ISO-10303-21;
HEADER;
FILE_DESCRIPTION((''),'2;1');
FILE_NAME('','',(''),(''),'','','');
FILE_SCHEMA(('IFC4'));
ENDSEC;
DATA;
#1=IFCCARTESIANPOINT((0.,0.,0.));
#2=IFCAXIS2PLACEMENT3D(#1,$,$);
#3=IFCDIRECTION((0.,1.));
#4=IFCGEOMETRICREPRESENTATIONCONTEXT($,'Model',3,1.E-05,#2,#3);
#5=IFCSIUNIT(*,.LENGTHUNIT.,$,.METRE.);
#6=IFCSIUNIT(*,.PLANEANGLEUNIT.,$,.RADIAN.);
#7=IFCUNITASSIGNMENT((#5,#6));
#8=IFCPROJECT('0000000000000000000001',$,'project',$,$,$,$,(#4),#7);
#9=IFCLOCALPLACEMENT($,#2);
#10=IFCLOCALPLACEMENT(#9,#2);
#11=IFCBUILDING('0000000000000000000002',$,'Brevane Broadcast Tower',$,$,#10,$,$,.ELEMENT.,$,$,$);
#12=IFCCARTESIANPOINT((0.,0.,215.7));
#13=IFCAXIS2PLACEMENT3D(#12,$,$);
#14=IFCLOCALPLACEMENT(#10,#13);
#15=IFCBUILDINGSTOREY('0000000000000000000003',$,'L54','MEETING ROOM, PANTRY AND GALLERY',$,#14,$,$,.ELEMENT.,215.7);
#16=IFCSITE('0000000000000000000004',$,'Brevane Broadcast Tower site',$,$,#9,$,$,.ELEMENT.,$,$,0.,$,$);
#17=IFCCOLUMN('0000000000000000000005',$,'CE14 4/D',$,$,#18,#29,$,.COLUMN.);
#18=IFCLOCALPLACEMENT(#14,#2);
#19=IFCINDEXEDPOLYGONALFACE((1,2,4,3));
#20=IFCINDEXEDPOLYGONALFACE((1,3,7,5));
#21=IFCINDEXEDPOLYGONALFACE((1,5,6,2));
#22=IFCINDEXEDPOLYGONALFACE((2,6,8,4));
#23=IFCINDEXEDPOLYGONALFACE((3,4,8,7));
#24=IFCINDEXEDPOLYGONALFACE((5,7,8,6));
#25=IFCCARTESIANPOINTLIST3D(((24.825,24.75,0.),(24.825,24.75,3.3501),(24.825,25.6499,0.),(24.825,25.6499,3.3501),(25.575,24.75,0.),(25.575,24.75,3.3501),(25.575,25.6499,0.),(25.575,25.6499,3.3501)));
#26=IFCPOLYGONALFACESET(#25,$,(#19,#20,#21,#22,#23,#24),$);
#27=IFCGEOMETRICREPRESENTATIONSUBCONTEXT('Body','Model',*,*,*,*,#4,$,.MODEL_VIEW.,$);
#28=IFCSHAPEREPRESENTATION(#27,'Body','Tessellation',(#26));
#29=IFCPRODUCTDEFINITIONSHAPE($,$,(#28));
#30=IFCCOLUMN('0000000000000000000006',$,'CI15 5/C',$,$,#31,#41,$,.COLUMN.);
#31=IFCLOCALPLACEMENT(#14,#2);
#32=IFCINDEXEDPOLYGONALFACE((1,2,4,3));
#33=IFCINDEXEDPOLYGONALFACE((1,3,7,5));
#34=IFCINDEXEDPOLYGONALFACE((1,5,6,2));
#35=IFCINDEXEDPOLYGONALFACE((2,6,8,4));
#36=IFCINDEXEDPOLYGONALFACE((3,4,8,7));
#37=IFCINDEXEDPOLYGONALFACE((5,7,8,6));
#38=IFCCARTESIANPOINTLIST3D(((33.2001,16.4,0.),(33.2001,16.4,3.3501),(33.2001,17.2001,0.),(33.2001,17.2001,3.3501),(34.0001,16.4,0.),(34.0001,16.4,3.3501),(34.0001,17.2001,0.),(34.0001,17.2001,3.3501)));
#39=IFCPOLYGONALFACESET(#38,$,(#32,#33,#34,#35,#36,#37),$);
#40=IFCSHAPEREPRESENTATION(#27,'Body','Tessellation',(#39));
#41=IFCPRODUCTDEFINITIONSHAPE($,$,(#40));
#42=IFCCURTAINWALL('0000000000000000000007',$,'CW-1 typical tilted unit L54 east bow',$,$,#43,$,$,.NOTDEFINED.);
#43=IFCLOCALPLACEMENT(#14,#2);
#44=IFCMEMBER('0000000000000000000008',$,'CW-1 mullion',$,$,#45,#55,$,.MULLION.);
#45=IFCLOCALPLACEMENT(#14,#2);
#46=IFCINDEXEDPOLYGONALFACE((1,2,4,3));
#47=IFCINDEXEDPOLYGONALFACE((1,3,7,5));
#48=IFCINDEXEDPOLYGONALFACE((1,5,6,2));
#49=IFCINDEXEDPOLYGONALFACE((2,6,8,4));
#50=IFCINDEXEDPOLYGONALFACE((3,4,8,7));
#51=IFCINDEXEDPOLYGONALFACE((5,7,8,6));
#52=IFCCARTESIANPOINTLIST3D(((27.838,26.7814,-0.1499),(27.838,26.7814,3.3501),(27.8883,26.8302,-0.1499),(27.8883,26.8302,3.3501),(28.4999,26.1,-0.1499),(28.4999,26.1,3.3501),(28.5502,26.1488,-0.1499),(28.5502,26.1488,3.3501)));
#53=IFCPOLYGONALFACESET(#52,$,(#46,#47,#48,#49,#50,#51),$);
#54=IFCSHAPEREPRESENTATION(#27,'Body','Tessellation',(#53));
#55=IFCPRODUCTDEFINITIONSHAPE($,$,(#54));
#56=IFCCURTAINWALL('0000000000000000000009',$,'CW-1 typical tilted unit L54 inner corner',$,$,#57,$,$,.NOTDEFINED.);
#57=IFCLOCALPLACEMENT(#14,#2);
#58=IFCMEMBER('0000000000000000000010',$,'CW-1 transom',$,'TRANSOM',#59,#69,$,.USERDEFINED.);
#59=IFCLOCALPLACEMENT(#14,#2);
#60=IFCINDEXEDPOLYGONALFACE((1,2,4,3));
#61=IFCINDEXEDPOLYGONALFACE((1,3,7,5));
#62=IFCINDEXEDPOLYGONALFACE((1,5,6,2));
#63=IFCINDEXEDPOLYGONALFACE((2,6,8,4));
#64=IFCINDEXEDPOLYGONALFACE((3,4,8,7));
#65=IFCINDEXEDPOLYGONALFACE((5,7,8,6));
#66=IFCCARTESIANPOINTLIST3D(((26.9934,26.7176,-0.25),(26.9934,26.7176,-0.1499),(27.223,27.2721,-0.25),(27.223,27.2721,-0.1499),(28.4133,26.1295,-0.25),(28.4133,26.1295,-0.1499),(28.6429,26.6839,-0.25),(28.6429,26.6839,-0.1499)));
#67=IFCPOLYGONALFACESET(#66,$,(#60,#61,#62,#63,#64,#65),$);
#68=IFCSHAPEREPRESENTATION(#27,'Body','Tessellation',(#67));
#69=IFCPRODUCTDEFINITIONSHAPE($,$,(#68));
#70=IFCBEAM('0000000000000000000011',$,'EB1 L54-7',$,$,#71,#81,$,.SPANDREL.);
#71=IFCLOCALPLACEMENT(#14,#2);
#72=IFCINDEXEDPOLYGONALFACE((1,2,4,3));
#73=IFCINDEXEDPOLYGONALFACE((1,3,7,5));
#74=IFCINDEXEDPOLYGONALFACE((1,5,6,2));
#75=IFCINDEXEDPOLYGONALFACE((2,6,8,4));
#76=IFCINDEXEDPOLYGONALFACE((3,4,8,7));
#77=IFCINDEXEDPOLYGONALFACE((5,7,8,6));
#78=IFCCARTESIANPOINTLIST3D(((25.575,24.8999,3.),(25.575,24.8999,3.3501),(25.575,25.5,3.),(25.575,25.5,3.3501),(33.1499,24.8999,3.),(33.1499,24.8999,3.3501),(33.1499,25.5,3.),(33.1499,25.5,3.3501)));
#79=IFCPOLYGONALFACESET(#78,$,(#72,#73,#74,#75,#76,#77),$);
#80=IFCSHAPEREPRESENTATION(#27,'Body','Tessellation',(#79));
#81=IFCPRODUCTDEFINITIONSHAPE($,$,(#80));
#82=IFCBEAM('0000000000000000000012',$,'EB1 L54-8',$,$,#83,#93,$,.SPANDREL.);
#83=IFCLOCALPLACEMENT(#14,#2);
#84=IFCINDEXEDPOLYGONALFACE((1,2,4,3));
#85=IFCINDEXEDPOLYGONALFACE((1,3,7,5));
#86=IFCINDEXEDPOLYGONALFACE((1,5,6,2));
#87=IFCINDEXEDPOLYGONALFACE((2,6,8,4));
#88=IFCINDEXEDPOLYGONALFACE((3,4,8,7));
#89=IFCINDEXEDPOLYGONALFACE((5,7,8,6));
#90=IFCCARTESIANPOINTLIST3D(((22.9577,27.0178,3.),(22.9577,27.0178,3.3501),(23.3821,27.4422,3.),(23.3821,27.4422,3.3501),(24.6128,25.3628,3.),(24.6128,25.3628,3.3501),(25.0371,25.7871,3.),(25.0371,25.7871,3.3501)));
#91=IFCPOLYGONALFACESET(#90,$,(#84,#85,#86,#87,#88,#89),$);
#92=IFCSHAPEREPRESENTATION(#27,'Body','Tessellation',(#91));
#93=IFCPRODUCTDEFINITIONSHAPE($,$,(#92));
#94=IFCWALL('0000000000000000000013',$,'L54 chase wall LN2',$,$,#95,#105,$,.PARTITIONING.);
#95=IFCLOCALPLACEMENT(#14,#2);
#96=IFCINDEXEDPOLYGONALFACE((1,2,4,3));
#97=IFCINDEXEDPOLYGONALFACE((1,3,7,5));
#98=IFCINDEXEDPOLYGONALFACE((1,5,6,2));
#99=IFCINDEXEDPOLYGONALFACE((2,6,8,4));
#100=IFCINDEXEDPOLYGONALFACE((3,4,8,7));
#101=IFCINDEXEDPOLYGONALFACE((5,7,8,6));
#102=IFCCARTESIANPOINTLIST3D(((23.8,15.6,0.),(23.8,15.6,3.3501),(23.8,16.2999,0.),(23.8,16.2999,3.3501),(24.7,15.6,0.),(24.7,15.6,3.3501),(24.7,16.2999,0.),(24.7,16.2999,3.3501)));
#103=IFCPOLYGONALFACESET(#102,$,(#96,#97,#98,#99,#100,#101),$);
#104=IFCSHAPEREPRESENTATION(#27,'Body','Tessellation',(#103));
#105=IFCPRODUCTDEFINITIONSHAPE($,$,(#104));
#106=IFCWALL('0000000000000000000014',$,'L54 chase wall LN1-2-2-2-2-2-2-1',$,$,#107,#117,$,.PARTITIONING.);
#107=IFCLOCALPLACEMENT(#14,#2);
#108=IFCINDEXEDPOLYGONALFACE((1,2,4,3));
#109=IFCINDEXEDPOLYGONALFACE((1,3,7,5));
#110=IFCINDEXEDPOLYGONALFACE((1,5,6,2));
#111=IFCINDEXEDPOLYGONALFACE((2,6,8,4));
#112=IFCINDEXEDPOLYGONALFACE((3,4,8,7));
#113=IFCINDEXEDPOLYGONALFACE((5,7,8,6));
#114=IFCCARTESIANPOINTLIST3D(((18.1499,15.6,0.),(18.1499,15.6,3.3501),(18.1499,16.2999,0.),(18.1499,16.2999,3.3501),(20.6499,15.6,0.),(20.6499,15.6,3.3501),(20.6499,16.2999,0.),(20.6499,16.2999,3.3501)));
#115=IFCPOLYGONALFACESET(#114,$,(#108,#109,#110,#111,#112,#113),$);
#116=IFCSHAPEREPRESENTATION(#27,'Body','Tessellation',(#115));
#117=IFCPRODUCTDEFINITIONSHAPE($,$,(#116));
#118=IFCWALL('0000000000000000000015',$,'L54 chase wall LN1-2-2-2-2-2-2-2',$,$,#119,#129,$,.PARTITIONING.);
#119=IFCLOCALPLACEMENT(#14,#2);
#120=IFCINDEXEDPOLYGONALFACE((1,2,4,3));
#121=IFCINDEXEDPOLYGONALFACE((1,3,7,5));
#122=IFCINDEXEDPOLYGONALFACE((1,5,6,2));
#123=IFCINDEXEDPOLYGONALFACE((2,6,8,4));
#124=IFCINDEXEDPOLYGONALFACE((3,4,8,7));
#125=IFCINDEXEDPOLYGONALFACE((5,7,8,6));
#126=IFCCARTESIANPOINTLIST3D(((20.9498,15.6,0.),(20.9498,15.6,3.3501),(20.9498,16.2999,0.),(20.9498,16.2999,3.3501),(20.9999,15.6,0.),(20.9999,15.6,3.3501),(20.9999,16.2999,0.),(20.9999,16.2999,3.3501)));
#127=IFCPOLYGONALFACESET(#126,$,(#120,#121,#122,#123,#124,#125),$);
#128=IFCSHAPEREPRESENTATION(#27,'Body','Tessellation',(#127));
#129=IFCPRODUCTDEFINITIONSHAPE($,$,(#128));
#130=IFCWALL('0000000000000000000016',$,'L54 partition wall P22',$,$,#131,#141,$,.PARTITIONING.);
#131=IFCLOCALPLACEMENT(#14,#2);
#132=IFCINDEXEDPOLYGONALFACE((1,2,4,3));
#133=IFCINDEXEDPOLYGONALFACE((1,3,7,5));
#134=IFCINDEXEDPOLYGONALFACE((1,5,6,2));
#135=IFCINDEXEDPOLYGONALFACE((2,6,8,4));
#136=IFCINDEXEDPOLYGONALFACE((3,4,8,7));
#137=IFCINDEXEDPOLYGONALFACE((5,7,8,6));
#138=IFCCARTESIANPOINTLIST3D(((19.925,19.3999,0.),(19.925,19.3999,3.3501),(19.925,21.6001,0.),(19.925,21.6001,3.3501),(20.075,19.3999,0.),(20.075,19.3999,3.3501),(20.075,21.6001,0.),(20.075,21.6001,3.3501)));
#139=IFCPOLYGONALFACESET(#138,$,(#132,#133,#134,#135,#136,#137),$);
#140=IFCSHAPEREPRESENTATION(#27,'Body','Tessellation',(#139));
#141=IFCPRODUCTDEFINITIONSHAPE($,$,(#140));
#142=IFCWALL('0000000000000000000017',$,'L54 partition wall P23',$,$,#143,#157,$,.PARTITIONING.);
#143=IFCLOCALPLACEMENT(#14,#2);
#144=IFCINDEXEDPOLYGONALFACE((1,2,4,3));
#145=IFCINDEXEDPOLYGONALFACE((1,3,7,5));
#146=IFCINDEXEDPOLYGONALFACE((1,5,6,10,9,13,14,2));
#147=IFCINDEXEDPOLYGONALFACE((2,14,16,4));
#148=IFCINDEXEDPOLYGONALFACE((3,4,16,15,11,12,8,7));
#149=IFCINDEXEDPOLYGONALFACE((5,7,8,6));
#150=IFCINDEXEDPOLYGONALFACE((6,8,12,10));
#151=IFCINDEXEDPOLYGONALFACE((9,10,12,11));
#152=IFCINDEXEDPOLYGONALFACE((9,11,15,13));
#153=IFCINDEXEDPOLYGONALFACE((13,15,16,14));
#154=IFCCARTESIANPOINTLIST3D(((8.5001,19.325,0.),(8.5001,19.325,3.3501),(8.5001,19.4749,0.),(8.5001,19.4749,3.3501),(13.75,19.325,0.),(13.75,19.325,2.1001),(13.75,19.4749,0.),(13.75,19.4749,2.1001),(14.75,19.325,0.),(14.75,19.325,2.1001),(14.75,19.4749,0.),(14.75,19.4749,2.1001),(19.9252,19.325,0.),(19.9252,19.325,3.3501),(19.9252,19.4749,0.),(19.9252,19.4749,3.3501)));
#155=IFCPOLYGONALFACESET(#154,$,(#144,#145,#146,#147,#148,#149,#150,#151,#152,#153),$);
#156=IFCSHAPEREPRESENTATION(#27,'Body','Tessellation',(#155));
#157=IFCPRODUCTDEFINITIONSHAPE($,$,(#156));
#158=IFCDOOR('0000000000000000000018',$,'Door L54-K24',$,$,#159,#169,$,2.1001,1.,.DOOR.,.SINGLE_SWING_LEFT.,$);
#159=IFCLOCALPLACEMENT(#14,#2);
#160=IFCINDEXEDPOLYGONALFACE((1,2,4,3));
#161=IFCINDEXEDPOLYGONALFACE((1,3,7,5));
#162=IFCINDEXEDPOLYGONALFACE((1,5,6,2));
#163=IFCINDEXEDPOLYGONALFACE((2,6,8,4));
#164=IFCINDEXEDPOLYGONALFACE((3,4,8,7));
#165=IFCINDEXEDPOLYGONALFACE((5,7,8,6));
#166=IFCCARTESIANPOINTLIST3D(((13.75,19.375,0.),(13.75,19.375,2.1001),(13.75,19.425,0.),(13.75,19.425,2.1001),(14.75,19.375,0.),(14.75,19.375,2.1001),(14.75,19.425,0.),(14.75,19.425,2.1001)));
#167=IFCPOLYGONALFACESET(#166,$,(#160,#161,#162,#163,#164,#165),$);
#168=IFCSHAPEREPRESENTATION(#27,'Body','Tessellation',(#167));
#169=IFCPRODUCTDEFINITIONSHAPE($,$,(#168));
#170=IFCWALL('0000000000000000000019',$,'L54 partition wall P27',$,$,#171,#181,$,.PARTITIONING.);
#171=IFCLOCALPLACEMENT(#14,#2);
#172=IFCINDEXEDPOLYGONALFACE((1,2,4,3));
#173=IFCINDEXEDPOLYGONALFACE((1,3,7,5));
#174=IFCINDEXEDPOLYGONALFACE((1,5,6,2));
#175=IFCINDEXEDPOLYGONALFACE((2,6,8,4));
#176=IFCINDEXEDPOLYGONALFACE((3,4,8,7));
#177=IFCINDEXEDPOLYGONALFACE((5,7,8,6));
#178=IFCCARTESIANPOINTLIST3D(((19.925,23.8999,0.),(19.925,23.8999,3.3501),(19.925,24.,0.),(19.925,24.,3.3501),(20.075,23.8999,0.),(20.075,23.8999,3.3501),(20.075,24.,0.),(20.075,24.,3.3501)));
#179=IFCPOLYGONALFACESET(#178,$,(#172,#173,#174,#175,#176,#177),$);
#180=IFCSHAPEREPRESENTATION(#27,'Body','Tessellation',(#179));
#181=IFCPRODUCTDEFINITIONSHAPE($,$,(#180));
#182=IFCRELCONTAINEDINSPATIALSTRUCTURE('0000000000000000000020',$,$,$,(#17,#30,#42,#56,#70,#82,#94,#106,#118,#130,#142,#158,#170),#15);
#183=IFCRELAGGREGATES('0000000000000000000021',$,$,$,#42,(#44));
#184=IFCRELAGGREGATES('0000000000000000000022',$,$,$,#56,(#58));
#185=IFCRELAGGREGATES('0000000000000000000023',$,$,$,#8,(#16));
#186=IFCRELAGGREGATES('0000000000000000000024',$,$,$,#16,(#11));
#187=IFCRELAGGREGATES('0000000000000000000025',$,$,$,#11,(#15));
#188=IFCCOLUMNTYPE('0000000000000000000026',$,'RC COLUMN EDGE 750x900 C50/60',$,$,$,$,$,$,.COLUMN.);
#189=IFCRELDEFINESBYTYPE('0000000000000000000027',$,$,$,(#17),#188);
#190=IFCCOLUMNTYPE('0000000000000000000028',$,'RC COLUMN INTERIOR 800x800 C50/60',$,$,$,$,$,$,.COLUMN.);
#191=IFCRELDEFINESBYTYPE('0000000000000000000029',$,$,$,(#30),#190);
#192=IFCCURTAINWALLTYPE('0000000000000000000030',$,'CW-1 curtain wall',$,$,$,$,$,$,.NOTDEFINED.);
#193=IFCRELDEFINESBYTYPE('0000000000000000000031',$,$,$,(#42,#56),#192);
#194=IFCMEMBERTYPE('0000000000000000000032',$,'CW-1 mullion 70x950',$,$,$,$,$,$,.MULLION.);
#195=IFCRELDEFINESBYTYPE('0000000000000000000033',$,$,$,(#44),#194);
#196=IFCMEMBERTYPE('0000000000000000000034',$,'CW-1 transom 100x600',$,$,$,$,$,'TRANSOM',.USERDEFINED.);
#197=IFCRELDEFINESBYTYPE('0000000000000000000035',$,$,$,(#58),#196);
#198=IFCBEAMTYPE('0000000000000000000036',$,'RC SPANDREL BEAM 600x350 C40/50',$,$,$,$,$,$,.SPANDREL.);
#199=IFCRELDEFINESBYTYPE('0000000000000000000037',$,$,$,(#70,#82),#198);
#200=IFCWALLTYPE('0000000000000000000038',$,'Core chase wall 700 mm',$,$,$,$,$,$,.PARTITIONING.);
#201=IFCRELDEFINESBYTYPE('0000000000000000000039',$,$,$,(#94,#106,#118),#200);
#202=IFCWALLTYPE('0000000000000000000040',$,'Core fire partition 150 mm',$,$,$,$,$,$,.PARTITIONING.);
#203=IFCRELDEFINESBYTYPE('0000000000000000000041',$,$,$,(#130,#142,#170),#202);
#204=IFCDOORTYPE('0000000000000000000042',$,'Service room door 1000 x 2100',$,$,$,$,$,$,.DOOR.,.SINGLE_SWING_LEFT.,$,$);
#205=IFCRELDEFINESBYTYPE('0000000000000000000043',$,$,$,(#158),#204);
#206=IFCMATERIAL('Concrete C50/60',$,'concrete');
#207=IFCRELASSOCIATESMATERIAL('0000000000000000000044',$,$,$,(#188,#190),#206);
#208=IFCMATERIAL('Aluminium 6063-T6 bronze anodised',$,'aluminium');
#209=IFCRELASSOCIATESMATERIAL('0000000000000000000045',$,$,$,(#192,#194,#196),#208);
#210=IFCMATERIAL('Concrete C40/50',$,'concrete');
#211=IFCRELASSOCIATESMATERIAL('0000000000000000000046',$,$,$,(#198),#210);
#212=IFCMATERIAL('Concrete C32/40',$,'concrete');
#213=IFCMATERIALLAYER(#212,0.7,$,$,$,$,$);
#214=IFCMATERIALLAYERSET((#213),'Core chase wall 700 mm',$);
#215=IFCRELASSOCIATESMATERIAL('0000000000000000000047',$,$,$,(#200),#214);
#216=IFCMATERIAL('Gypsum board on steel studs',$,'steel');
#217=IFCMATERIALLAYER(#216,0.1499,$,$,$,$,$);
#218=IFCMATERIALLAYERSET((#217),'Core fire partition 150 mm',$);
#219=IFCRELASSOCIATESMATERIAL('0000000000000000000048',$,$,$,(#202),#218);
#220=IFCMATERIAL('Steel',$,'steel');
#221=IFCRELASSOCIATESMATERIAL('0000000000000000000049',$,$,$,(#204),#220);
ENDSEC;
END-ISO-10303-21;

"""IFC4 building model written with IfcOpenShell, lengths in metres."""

from ifc_helpers import new_model, si_unit, direction, frame, frame_2d, origin, origin_2d, place, context, subcontext, project, spatial, rectangle, extrude, material, layer, layer_set, material_profile, profile_set, type_object, element, fill, aggregate, save


model = new_model("IFC4")

# Units and contexts
model_context = context("Model", 3, precision=1e-05, world=origin(), true_north=direction((0.0, 1.0)))
body_context = subcontext(model_context, "Body", "Model", "MODEL_VIEW")
ifc_project = project(units=[si_unit("LENGTHUNIT", "METRE"), si_unit("PLANEANGLEUNIT", "RADIAN")], contexts=[model_context])

# Site, building, storey
site_placement = place(None, origin())
site = spatial("IfcSite", under=ifc_project, at=site_placement, Name="Brevane Broadcast Tower site", CompositionType="ELEMENT", RefElevation=0.0)
building_placement = place(site_placement, origin())
building = spatial("IfcBuilding", under=site, at=building_placement, Name="Brevane Broadcast Tower", CompositionType="ELEMENT")
storey_placement = place(building_placement, frame((0.0, 0.0, 215.7)))
storey = spatial("IfcBuildingStorey", under=building, at=storey_placement, Name="L54", Description="MEETING ROOM, PANTRY AND GALLERY", CompositionType="ELEMENT", Elevation=215.7)

# Columns
ifc_material_1 = material(Name="Concrete C50/60", Category="concrete")
ifc_material_profile_1 = material_profile(ifc_material_1, rectangle(XDim=0.75, YDim=0.8999, at=origin_2d()), Name="RC 750x900")
ifc_profile_set_1 = profile_set([ifc_material_profile_1], Name="Concrete C50/60")
column_type_1 = type_object("IfcColumnType", Name="RC COLUMN EDGE 750x900 C50/60", PredefinedType="COLUMN", material=ifc_profile_set_1)
column_1_placement = place(storey_placement, frame((25.2, 25.2, 0.0), z_axis=(0.0, 0.0, 1.0), x_axis=(1.0, 0.0, 0.0)))
element("IfcColumn", 1, at=column_1_placement, inside=storey, type_object=column_type_1, Name="CE14 4/D", PredefinedType="COLUMN", context=body_context, shape_type="SweptSolid", body=[
    extrude(rectangle(XDim=0.75, YDim=0.8999, at=origin_2d()), origin(), (0.0, 0.0, 1.0), 3.3501),
])
ifc_material_profile_2 = material_profile(ifc_material_1, rectangle(XDim=0.8, YDim=0.8, at=origin_2d()), Name="RC 800x800")
ifc_profile_set_2 = profile_set([ifc_material_profile_2], Name="Concrete C50/60")
column_type_2 = type_object("IfcColumnType", Name="RC COLUMN INTERIOR 800x800 C50/60", PredefinedType="COLUMN", material=ifc_profile_set_2)
column_2_placement = place(storey_placement, frame((33.6001, 16.8, 0.0), z_axis=(0.0, 0.0, 1.0), x_axis=(1.0, 0.0, 0.0)))
element("IfcColumn", 2, at=column_2_placement, inside=storey, type_object=column_type_2, Name="CI15 5/C", PredefinedType="COLUMN", context=body_context, shape_type="SweptSolid", body=[
    extrude(rectangle(XDim=0.8, YDim=0.8, at=origin_2d()), origin(), (0.0, 0.0, 1.0), 3.3501),
])

# Curtain walls, members
ifc_material_2 = material(Name="Aluminium 6063-T6 bronze anodised", Category="aluminium")
curtain_wall_type = type_object("IfcCurtainWallType", Name="CW-1 curtain wall", PredefinedType="NOTDEFINED", material=ifc_material_2)
curtain_wall_1_placement = place(storey_placement, origin())
curtain_wall_1 = element("IfcCurtainWall", 3, at=curtain_wall_1_placement, inside=storey, type_object=curtain_wall_type, Name="CW-1 typical tilted unit L54 east bow", PredefinedType="NOTDEFINED")
ifc_material_profile_3 = material_profile(ifc_material_2, rectangle(XDim=0.95, YDim=0.0701, at=origin_2d()), Name="RECT 70x950")
ifc_profile_set_3 = profile_set([ifc_material_profile_3], Name="Aluminium 6063-T6 bronze anodised")
member_type_1 = type_object("IfcMemberType", Name="CW-1 mullion 70x950", PredefinedType="MULLION", material=ifc_profile_set_3)
member_1_placement = place(storey_placement, frame((28.1941, 26.4651, -0.1499), z_axis=(0.0, 0.0, 1.0), x_axis=(0.696812, -0.717254, 0.0)))
member_1 = element("IfcMember", 4, at=member_1_placement, type_object=member_type_1, Name="CW-1 mullion", PredefinedType="MULLION", context=body_context, shape_type="SweptSolid", body=[
    extrude(rectangle(XDim=0.95, YDim=0.0701, at=origin_2d()), origin(), (0.0, 0.0, 1.0), 3.5),
])
aggregate(curtain_wall_1, [member_1])
curtain_wall_2_placement = place(storey_placement, origin())
curtain_wall_2 = element("IfcCurtainWall", 5, at=curtain_wall_2_placement, inside=storey, type_object=curtain_wall_type, Name="CW-1 typical tilted unit L54 inner corner", PredefinedType="NOTDEFINED")
ifc_material_profile_4 = material_profile(ifc_material_2, rectangle(XDim=0.6001, YDim=0.1001, at=origin_2d()), Name="RECT 100x600")
ifc_profile_set_4 = profile_set([ifc_material_profile_4], Name="Aluminium 6063-T6 bronze anodised")
member_type_2 = type_object("IfcMemberType", Name="CW-1 transom 100x600", ElementType="TRANSOM", PredefinedType="USERDEFINED", material=ifc_profile_set_4)
member_2_placement = place(storey_placement, frame((28.5281, 26.4067, -0.2), z_axis=(-0.923883, 0.382674, 0.0), x_axis=(-0.382674, -0.923883, 0.0)))
member_2 = element("IfcMember", 6, at=member_2_placement, type_object=member_type_2, Name="CW-1 transom", ObjectType="TRANSOM", PredefinedType="USERDEFINED", context=body_context, shape_type="SweptSolid", body=[
    extrude(rectangle(XDim=0.6001, YDim=0.1001, at=origin_2d()), origin(), (0.0, 0.0, 1.0), 1.5369),
])
aggregate(curtain_wall_2, [member_2])

# Beams
ifc_material_3 = material(Name="Concrete C40/50", Category="concrete")
ifc_material_profile_5 = material_profile(ifc_material_3, rectangle(XDim=0.6001, YDim=0.3501, at=origin_2d()), Name="RC 600x350")
ifc_profile_set_5 = profile_set([ifc_material_profile_5], Name="Concrete C40/50")
beam_type = type_object("IfcBeamType", Name="RC SPANDREL BEAM 600x350 C40/50", PredefinedType="SPANDREL", material=ifc_profile_set_5)
beam_1_placement = place(storey_placement, frame((33.1499, 25.2, 3.175), z_axis=(-1.0, 0.0, 0.0), x_axis=(0.0, -1.0, 0.0)))
element("IfcBeam", 7, at=beam_1_placement, inside=storey, type_object=beam_type, Name="EB1 L54-7", PredefinedType="SPANDREL", context=body_context, shape_type="SweptSolid", body=[
    extrude(rectangle(XDim=0.6001, YDim=0.3501, at=origin_2d()), origin(), (0.0, 0.0, 1.0), 7.575),
])
beam_2_placement = place(storey_placement, frame((24.825, 25.575, 3.175), z_axis=(-0.707107, 0.707107, 0.0), x_axis=(-0.707107, -0.707107, 0.0)))
element("IfcBeam", 8, at=beam_2_placement, inside=storey, type_object=beam_type, Name="EB1 L54-8", PredefinedType="SPANDREL", context=body_context, shape_type="SweptSolid", body=[
    extrude(rectangle(XDim=0.6001, YDim=0.3501, at=origin_2d()), origin(), (0.0, 0.0, 1.0), 2.3406),
])

# Walls
ifc_material_4 = material(Name="Concrete C32/40", Category="concrete")
ifc_layer_1 = layer(ifc_material_4, 0.7)
ifc_layer_set_1 = layer_set([ifc_layer_1], Name="Core chase wall 700 mm")
wall_type_1 = type_object("IfcWallType", Name="Core chase wall 700 mm", PredefinedType="PARTITIONING", material=ifc_layer_set_1)
wall_1_placement = place(storey_placement, frame((23.8, 15.95, 0.0), z_axis=(0.0, 0.0, 1.0), x_axis=(1.0, 0.0, 0.0)))
element("IfcWall", 9, at=wall_1_placement, inside=storey, type_object=wall_type_1, Name="L54 chase wall LN2", PredefinedType="PARTITIONING", context=body_context, shape_type="SweptSolid", body=[
    extrude(rectangle(XDim=0.8999, YDim=0.7, at=frame_2d((0.45, 0.0))), origin(), (0.0, 0.0, 1.0), 3.3501),
])
wall_2_placement = place(storey_placement, frame((18.1499, 15.95, 0.0), z_axis=(0.0, 0.0, 1.0), x_axis=(1.0, 0.0, 0.0)))
element("IfcWall", 10, at=wall_2_placement, inside=storey, type_object=wall_type_1, Name="L54 chase wall LN1-2-2-2-2-2-2-1", PredefinedType="PARTITIONING", context=body_context, shape_type="SweptSolid", body=[
    extrude(rectangle(XDim=2.5, YDim=0.7, at=frame_2d((1.25, 0.0))), origin(), (0.0, 0.0, 1.0), 3.3501),
])
wall_3_placement = place(storey_placement, frame((20.95, 15.95, 0.0), z_axis=(0.0, 0.0, 1.0), x_axis=(1.0, 0.0, 0.0)))
element("IfcWall", 11, at=wall_3_placement, inside=storey, type_object=wall_type_1, Name="L54 chase wall LN1-2-2-2-2-2-2-2", PredefinedType="PARTITIONING", context=body_context, shape_type="SweptSolid", body=[
    extrude(rectangle(XDim=0.05, YDim=0.7, at=frame_2d((0.0249, 0.0))), origin(), (0.0, 0.0, 1.0), 3.3501),
])
ifc_material_5 = material(Name="Gypsum board on steel studs", Category="steel")
ifc_layer_2 = layer(ifc_material_5, 0.1499)
ifc_layer_set_2 = layer_set([ifc_layer_2], Name="Core fire partition 150 mm")
wall_type_2 = type_object("IfcWallType", Name="Core fire partition 150 mm", PredefinedType="PARTITIONING", material=ifc_layer_set_2)
wall_4_placement = place(storey_placement, frame((20.0, 21.6001, 0.0), z_axis=(0.0, 0.0, 1.0), x_axis=(0.0, -1.0, 0.0)))
element("IfcWall", 12, at=wall_4_placement, inside=storey, type_object=wall_type_2, Name="L54 partition wall P22", PredefinedType="PARTITIONING", context=body_context, shape_type="SweptSolid", body=[
    extrude(rectangle(XDim=2.2002, YDim=0.1499, at=frame_2d((1.1001, 0.0))), origin(), (0.0, 0.0, 1.0), 3.3501),
])

# Wall, opening, door
wall_5_placement = place(storey_placement, frame((19.925, 19.3999, 0.0), z_axis=(0.0, 0.0, 1.0), x_axis=(-1.0, 0.0, 0.0)))
wall_5 = element("IfcWall", 13, at=wall_5_placement, inside=storey, type_object=wall_type_2, Name="L54 partition wall P23", PredefinedType="PARTITIONING", context=body_context, shape_type="SweptSolid", body=[
    extrude(rectangle(XDim=11.425, YDim=0.1499, at=frame_2d((5.7124, 0.0))), origin(), (0.0, 0.0, 1.0), 3.3501),
])
opening_1_placement = place(wall_5_placement, frame((5.175, 0.0, 0.0)))
opening_1 = element("IfcOpeningElement", 14, at=opening_1_placement, cuts=wall_5, PredefinedType="OPENING", context=body_context, shape_type="SweptSolid", body=[
    extrude(rectangle(XDim=1.0, YDim=2.1001, at=frame_2d((0.5, 1.05))), frame((0.0, 0.085, 0.0), z_axis=(0.0, -1.0, 0.0), x_axis=(1.0, 0.0, 0.0)), (0.0, 0.0, 1.0), 0.1699),
])
ifc_material_6 = material(Name="Steel", Category="steel")
door_type_1 = type_object("IfcDoorType", Name="Service room door 1000 x 2100", OperationType="SINGLE_SWING_LEFT", PredefinedType="DOOR", material=ifc_material_6)
door_1_placement = place(opening_1_placement, origin())
door_1 = element("IfcDoor", 15, at=door_1_placement, inside=storey, type_object=door_type_1, Name="Door L54-K24", OperationType="SINGLE_SWING_LEFT", OverallHeight=2.1001, OverallWidth=1.0, PredefinedType="DOOR", context=body_context, shape_type="SweptSolid", body=[
    extrude(rectangle(XDim=1.0, YDim=2.1001, at=frame_2d((0.5, 1.05))), frame((0.0, 0.0249, 0.0), z_axis=(0.0, -1.0, 0.0), x_axis=(1.0, 0.0, 0.0)), (0.0, 0.0, 1.0), 0.05),
])
fill(opening_1, door_1)

# Wall
wall_6_placement = place(storey_placement, frame((20.0, 23.8999, 0.0), z_axis=(0.0, 0.0, 1.0), x_axis=(0.0, 1.0, 0.0)))
element("IfcWall", 16, at=wall_6_placement, inside=storey, type_object=wall_type_2, Name="L54 partition wall P27", PredefinedType="PARTITIONING", context=body_context, shape_type="SweptSolid", body=[
    extrude(rectangle(XDim=0.1001, YDim=0.1499, at=frame_2d((0.05, 0.0))), origin(), (0.0, 0.0, 1.0), 3.3501),
])

save(model, "model.ifc")
